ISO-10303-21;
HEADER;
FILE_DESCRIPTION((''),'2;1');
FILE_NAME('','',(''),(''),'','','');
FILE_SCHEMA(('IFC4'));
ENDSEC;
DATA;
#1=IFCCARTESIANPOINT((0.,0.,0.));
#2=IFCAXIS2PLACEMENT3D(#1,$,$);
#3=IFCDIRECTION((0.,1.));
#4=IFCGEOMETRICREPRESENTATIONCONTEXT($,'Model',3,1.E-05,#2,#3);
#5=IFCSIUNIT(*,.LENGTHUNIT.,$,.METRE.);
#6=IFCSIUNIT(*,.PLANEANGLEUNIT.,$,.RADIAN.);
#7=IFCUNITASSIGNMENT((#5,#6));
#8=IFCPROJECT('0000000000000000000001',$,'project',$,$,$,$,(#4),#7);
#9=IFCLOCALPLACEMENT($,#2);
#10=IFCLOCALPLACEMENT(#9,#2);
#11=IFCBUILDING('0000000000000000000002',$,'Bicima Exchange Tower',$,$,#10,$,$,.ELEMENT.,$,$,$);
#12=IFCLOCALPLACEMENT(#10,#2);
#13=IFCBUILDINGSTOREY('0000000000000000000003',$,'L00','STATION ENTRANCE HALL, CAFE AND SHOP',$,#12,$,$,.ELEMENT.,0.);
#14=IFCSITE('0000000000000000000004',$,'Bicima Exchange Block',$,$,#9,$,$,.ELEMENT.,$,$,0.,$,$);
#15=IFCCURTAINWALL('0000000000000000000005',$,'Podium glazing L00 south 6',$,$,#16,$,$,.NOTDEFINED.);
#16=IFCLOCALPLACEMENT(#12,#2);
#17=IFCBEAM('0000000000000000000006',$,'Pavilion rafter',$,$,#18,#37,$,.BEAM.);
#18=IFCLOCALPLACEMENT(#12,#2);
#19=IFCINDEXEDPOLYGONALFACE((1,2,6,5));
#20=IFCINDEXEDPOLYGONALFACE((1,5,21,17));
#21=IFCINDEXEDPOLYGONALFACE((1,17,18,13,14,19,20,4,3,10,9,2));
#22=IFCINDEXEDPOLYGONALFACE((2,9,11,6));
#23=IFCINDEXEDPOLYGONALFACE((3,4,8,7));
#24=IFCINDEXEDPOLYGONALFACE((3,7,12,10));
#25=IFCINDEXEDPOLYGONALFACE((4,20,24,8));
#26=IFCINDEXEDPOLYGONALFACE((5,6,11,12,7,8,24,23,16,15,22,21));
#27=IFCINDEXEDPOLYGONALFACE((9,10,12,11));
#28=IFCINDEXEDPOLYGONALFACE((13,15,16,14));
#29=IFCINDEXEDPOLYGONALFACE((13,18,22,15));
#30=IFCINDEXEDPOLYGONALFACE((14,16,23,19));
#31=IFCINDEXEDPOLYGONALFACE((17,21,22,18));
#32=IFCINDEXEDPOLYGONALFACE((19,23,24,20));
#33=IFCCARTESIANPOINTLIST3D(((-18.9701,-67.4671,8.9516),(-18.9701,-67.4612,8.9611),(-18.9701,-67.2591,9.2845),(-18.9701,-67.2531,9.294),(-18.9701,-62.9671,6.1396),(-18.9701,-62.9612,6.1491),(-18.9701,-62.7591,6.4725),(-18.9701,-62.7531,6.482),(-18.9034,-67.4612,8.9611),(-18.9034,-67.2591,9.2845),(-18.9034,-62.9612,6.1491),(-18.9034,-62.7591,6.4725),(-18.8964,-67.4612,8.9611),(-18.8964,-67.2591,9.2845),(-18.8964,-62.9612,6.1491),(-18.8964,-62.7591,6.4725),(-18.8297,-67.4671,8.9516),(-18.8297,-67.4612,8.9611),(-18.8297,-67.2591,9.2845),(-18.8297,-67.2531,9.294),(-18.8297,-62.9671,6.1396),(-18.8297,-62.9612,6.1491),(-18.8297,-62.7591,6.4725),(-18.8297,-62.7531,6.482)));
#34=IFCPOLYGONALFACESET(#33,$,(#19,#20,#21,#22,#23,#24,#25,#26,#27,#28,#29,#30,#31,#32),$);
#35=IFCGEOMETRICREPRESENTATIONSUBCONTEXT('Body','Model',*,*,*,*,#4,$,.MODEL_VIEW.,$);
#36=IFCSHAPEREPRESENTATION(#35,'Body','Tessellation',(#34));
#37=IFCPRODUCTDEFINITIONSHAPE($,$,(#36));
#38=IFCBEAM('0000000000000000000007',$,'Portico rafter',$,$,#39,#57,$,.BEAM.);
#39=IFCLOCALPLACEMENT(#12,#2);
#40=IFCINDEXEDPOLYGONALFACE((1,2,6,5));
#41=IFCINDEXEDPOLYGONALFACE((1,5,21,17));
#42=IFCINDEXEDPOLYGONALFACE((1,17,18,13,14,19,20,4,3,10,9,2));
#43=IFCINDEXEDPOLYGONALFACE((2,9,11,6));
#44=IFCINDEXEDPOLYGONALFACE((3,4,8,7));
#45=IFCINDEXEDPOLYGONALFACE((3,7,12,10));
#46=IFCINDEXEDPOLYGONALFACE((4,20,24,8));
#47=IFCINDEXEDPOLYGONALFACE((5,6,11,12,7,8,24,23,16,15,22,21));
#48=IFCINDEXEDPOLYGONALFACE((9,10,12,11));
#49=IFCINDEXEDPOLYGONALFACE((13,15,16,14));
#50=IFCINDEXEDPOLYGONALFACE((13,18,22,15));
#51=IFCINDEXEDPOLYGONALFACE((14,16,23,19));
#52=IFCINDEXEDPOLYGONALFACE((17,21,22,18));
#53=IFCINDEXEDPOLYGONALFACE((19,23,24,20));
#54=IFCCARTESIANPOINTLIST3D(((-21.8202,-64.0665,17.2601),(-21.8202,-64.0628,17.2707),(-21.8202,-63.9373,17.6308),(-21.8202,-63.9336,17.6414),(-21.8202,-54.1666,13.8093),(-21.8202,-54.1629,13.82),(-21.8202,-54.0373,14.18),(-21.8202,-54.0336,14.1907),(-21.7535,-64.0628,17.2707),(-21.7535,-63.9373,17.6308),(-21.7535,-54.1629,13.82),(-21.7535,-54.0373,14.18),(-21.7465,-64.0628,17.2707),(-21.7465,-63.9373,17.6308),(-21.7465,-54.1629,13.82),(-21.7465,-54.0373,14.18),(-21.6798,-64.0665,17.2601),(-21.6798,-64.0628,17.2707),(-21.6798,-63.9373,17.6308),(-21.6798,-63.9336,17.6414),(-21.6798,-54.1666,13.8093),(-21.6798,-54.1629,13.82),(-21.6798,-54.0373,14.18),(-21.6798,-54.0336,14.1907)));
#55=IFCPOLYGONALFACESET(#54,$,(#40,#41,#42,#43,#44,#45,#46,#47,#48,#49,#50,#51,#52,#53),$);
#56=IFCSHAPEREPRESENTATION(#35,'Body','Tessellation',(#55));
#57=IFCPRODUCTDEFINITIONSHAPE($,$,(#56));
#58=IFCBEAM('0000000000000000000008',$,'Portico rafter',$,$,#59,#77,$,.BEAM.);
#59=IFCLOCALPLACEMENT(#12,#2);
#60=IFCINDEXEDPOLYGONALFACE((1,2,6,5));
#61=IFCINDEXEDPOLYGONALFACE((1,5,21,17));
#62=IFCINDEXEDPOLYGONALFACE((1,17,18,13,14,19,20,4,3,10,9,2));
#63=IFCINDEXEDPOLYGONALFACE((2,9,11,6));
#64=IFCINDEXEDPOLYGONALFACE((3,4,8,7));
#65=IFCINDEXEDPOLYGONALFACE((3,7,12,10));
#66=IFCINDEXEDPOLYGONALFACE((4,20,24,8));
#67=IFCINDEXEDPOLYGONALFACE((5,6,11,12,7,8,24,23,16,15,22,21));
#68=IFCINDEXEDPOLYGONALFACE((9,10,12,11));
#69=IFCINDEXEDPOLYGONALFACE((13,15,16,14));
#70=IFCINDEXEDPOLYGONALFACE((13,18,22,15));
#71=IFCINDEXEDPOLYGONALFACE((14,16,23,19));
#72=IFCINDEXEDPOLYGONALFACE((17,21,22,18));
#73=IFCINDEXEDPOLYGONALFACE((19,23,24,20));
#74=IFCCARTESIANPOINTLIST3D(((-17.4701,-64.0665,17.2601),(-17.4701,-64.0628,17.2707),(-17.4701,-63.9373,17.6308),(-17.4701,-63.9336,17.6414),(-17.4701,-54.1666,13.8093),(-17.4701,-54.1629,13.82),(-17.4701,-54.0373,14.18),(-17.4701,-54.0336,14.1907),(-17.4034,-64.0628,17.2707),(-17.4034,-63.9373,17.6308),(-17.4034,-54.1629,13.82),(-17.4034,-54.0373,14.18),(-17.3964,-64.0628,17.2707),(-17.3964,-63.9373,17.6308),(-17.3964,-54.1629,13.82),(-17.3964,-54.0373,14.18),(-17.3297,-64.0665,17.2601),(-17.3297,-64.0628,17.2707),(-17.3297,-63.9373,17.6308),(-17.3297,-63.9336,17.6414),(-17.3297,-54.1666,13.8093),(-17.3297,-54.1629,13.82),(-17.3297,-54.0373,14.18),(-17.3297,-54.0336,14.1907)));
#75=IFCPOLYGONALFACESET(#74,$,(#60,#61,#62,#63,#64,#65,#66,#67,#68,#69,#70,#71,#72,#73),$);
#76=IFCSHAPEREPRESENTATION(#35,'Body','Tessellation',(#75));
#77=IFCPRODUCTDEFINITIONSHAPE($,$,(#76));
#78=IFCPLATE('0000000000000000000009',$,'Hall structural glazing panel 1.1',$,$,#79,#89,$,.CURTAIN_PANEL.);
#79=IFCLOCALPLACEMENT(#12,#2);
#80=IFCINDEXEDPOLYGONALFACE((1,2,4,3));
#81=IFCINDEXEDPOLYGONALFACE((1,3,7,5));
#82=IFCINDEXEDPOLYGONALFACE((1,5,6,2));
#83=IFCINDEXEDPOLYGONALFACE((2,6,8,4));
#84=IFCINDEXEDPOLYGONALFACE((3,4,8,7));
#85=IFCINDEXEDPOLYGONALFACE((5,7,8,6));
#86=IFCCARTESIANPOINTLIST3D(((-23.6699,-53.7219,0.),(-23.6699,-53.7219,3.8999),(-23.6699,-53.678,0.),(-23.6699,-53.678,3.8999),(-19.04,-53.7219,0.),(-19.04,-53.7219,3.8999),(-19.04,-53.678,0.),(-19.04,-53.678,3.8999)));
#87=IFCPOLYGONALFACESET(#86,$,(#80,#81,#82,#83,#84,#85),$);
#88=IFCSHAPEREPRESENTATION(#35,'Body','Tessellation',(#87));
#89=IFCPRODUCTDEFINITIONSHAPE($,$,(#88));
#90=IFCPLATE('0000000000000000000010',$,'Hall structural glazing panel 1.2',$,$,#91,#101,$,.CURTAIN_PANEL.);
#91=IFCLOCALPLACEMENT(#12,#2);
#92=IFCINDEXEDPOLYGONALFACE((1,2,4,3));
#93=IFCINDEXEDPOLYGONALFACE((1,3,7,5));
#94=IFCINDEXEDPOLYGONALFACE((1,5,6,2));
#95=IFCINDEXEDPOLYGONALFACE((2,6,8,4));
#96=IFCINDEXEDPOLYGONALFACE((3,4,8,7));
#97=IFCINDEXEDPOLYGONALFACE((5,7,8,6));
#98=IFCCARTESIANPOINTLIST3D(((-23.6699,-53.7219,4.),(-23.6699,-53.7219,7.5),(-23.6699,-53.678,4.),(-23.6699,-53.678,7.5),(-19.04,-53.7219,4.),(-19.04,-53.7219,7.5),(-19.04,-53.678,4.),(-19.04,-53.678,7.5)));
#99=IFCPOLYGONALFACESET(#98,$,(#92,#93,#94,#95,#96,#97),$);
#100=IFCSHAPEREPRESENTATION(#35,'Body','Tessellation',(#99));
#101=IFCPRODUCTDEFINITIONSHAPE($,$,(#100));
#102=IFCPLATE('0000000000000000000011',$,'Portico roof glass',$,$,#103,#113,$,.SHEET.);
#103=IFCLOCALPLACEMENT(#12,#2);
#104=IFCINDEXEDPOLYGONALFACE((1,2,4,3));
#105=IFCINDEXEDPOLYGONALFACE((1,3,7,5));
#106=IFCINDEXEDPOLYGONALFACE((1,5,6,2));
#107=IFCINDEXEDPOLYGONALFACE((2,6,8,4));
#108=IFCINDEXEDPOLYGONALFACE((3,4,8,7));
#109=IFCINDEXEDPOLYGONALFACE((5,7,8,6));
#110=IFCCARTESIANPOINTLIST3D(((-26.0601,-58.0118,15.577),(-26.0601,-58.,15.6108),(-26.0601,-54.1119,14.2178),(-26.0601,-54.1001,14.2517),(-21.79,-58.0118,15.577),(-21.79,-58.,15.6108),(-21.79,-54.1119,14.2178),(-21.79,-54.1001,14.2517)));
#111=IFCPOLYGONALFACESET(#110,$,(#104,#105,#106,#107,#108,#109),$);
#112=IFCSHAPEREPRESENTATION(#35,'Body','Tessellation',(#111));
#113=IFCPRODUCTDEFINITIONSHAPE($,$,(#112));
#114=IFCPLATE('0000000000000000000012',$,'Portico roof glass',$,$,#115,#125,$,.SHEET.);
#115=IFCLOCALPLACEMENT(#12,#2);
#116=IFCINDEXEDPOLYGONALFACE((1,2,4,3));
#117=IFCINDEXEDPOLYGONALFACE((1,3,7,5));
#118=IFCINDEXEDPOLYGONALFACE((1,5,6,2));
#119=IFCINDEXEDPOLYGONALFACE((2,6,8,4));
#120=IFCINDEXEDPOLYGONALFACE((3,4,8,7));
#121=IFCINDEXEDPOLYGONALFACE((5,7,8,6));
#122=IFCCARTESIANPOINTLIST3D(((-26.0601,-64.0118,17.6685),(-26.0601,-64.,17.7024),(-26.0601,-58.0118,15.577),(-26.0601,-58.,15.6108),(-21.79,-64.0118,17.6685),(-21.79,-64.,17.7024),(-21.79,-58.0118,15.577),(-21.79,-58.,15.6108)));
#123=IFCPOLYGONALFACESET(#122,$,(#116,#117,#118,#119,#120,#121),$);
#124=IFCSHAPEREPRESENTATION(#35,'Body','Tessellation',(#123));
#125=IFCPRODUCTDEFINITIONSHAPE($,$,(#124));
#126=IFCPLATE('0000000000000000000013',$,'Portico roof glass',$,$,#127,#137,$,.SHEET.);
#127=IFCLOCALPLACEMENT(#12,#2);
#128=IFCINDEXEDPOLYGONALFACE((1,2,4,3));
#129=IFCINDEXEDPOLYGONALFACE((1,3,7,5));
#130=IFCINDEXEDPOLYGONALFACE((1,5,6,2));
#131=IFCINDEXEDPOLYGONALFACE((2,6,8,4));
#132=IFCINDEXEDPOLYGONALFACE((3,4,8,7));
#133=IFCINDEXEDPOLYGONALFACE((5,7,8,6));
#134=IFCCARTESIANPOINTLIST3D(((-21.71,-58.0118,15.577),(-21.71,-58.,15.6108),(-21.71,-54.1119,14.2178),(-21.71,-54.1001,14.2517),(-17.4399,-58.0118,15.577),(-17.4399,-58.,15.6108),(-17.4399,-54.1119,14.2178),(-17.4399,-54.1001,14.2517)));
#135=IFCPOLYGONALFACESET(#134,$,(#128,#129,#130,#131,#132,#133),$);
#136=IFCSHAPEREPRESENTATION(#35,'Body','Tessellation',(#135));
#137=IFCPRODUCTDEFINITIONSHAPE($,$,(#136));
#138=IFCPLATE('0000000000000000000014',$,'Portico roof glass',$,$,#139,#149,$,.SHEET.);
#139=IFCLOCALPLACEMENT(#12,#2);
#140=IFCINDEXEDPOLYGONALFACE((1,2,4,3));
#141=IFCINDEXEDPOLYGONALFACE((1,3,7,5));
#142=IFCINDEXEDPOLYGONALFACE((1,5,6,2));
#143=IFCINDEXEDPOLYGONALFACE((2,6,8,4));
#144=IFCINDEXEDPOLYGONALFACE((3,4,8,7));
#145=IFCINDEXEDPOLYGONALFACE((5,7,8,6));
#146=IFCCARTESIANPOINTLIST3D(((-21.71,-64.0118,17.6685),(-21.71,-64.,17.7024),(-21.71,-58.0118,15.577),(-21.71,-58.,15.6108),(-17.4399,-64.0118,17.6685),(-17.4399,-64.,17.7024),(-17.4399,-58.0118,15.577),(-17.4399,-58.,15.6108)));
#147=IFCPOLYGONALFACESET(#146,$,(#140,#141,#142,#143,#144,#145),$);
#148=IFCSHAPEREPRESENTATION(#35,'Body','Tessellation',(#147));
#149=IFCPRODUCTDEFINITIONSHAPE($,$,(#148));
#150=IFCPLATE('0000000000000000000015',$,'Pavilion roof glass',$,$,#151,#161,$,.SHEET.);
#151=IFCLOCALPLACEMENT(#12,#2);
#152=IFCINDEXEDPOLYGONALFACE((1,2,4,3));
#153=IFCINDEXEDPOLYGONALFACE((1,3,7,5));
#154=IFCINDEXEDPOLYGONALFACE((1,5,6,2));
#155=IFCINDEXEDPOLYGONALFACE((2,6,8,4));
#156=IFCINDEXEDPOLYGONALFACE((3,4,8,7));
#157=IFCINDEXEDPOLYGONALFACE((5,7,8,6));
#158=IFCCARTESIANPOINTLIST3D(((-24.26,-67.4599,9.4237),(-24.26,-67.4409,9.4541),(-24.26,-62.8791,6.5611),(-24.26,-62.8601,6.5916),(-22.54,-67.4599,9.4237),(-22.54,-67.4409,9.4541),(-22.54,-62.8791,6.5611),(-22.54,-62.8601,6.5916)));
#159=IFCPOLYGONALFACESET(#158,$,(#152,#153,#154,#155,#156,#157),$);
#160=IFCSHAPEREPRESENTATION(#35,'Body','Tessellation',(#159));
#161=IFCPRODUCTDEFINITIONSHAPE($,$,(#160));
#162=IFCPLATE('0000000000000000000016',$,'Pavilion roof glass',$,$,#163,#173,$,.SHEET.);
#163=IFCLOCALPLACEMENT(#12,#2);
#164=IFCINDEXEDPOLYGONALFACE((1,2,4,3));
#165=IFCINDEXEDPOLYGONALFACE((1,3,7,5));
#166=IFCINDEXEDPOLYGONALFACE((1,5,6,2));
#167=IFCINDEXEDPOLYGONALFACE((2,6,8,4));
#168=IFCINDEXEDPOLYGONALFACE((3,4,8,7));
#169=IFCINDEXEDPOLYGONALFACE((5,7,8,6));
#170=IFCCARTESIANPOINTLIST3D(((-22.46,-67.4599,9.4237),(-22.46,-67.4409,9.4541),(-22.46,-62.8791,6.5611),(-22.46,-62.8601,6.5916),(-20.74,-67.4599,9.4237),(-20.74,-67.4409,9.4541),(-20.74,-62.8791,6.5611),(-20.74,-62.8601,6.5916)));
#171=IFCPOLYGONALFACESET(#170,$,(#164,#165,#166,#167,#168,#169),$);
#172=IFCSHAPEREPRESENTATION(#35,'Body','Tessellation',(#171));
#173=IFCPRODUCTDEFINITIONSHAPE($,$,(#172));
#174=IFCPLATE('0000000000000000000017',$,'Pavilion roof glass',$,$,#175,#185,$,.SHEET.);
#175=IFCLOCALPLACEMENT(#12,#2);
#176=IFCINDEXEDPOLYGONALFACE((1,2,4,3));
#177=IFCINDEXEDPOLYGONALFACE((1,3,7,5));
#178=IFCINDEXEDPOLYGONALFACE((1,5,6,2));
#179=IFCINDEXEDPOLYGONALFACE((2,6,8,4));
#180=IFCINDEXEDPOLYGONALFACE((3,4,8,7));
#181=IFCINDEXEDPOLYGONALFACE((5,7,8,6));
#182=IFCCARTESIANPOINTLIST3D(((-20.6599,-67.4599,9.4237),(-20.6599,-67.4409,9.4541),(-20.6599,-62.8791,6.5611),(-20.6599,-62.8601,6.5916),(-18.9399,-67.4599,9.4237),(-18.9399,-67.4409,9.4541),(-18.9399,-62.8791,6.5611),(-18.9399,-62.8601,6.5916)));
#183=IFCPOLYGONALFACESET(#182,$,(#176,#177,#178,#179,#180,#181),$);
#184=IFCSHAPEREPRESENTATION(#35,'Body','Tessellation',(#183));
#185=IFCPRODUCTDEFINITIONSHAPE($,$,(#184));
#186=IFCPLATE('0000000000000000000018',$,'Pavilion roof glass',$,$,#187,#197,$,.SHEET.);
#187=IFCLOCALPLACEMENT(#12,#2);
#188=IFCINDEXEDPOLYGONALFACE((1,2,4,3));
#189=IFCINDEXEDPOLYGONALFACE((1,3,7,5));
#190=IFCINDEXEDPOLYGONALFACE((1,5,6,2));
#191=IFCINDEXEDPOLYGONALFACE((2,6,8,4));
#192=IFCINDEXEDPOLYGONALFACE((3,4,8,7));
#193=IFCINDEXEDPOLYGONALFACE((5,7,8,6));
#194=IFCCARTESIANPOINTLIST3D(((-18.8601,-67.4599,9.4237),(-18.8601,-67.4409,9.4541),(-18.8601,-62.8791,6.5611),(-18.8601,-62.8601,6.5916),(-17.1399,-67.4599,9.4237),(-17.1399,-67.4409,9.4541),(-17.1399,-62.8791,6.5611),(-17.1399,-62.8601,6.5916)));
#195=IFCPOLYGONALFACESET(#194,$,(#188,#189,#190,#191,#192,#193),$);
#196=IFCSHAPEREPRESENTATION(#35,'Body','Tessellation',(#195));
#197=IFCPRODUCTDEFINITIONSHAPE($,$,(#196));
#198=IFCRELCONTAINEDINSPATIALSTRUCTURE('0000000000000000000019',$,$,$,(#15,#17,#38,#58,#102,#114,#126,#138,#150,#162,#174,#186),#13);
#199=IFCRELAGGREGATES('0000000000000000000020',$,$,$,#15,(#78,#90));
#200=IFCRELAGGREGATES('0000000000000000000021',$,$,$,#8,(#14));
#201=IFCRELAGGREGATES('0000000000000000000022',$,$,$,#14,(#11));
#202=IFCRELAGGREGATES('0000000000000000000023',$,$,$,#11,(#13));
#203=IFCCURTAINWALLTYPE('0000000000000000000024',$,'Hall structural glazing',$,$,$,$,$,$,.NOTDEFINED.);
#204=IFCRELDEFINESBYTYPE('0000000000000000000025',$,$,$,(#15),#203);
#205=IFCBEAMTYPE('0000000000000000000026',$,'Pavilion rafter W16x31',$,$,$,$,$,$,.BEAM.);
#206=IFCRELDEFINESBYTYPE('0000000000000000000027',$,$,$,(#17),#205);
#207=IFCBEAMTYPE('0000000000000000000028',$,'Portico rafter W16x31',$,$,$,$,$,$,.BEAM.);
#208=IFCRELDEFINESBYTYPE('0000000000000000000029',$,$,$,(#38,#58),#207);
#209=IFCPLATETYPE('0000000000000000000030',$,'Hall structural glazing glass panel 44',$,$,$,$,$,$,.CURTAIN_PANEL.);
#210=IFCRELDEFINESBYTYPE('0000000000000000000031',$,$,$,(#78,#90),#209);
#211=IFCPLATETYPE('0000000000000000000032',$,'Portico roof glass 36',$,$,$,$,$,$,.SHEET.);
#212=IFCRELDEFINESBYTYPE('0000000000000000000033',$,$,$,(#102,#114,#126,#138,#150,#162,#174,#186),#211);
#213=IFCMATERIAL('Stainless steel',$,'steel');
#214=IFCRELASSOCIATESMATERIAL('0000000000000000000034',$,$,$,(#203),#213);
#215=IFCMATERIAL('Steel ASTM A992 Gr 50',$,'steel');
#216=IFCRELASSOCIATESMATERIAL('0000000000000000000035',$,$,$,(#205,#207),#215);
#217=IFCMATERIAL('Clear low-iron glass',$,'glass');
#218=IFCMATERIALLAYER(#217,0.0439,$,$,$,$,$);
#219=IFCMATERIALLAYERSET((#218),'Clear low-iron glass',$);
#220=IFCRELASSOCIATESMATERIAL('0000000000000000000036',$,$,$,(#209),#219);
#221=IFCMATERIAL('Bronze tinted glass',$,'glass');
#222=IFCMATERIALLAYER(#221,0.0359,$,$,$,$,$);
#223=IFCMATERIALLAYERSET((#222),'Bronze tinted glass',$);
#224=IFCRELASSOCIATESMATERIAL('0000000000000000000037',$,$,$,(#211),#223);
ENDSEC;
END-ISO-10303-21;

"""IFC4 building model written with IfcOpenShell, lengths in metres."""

from ifc_helpers import new_model, si_unit, direction, frame, origin, origin_2d, place, context, subcontext, project, spatial, polyline, rectangle, i_section, outline, extrude, material, layer, layer_set, material_profile, profile_set, type_object, element, aggregate, save


model = new_model("IFC4")

# Units and contexts
model_context = context("Model", 3, precision=1e-05, world=origin(), true_north=direction((0.0, 1.0)))
body_context = subcontext(model_context, "Body", "Model", "MODEL_VIEW")
ifc_project = project(units=[si_unit("LENGTHUNIT", "METRE"), si_unit("PLANEANGLEUNIT", "RADIAN")], contexts=[model_context])

# Site, building, storey
site_placement = place(None, origin())
site = spatial("IfcSite", under=ifc_project, at=site_placement, Name="Bicima Exchange Block", CompositionType="ELEMENT", RefElevation=0.0)
building_placement = place(site_placement, origin())
building = spatial("IfcBuilding", under=site, at=building_placement, Name="Bicima Exchange Tower", CompositionType="ELEMENT")
storey_placement = place(building_placement, origin())
storey = spatial("IfcBuildingStorey", under=building, at=storey_placement, Name="L00", Description="STATION ENTRANCE HALL, CAFE AND SHOP", CompositionType="ELEMENT", Elevation=0.0)

# Curtain wall
ifc_material_1 = material(Name="Stainless steel", Category="steel")
curtain_wall_type = type_object("IfcCurtainWallType", Name="Hall structural glazing", PredefinedType="NOTDEFINED", material=ifc_material_1)
curtain_wall_placement = place(storey_placement, origin())
curtain_wall = element("IfcCurtainWall", 1, at=curtain_wall_placement, inside=storey, type_object=curtain_wall_type, Name="Podium glazing L00 south 6", PredefinedType="NOTDEFINED")

# Beams
ifc_material_2 = material(Name="Steel ASTM A992 Gr 50", Category="steel")
ifc_material_profile_1 = material_profile(ifc_material_2, i_section(OverallWidth=0.1404, OverallDepth=0.4038, WebThickness=0.0071, FlangeThickness=0.0112, at=origin_2d()))
ifc_profile_set_1 = profile_set([ifc_material_profile_1], Name="Steel ASTM A992 Gr 50")
beam_type_1 = type_object("IfcBeamType", Name="Pavilion rafter W16x31", PredefinedType="BEAM", material=ifc_profile_set_1)
for number, where, z_axis, x_axis, name in (
    (2, (-18.8999, -62.8601, 6.3108), (0.0, -0.84804, 0.529933), (1.0, 0.0, 0.0), "Pavilion rafter"),
):
    element("IfcBeam", number, at=place(storey_placement, frame(where, z_axis=z_axis, x_axis=x_axis)), inside=storey, type_object=beam_type_1, Name=name, PredefinedType="BEAM", context=body_context, shape_type="SweptSolid", body=[
        extrude(i_section(OverallWidth=0.1404, OverallDepth=0.4038, WebThickness=0.0071, FlangeThickness=0.0112, at=origin_2d()), origin(), (0.0, 0.0, 1.0), 5.3064),
    ])
beam_type_2 = type_object("IfcBeamType", Name="Portico rafter W16x31", PredefinedType="BEAM", material=ifc_profile_set_1)
for number, where, z_axis, x_axis, name in (
    (3, (-21.75, -54.1001, 14.0), (0.0, -0.944282, 0.329137), (1.0, 0.0, 0.0), "Portico rafter"),
    (4, (-17.3999, -54.1001, 14.0), (0.0, -0.944282, 0.329137), (1.0, 0.0, 0.0), "Portico rafter"),
):
    element("IfcBeam", number, at=place(storey_placement, frame(where, z_axis=z_axis, x_axis=x_axis)), inside=storey, type_object=beam_type_2, Name=name, PredefinedType="BEAM", context=body_context, shape_type="SweptSolid", body=[
        extrude(i_section(OverallWidth=0.1404, OverallDepth=0.4038, WebThickness=0.0071, FlangeThickness=0.0112, at=origin_2d()), origin(), (0.0, 0.0, 1.0), 10.4841),
    ])

# Plates
ifc_material_3 = material(Name="Clear low-iron glass", Category="glass")
ifc_layer_1 = layer(ifc_material_3, 0.0439)
ifc_layer_set_1 = layer_set([ifc_layer_1], Name="Clear low-iron glass")
plate_type_1 = type_object("IfcPlateType", Name="Hall structural glazing glass panel 44", PredefinedType="CURTAIN_PANEL", material=ifc_layer_set_1)
plate_1_placement = place(storey_placement, frame((-21.355, -53.7, 0.0), z_axis=(0.0, 0.0, 1.0), x_axis=(1.0, 0.0, 0.0)))
plate_1 = element("IfcPlate", 5, at=plate_1_placement, type_object=plate_type_1, Name="Hall structural glazing panel 1.1", PredefinedType="CURTAIN_PANEL", context=body_context, shape_type="SweptSolid", body=[
    extrude(rectangle(XDim=4.6299, YDim=0.0439, at=origin_2d()), origin(), (0.0, 0.0, 1.0), 3.8999),
])
plate_2_placement = place(storey_placement, frame((-21.355, -53.7, 4.0), z_axis=(0.0, 0.0, 1.0), x_axis=(1.0, 0.0, 0.0)))
plate_2 = element("IfcPlate", 6, at=plate_2_placement, type_object=plate_type_1, Name="Hall structural glazing panel 1.2", PredefinedType="CURTAIN_PANEL", context=body_context, shape_type="SweptSolid", body=[
    extrude(rectangle(XDim=4.6299, YDim=0.0439, at=origin_2d()), origin(), (0.0, 0.0, 1.0), 3.5),
])
aggregate(curtain_wall, [plate_1, plate_2])

# Plates
ifc_material_4 = material(Name="Bronze tinted glass", Category="glass")
ifc_layer_2 = layer(ifc_material_4, 0.0359)
ifc_layer_set_2 = layer_set([ifc_layer_2], Name="Bronze tinted glass")
plate_type_2 = type_object("IfcPlateType", Name="Portico roof glass 36", PredefinedType="SHEET", material=ifc_layer_set_2)
plate_3_placement = place(storey_placement, frame((-26.0601, -54.1001, 14.2517), z_axis=(0.0, 0.329091, 0.944298), x_axis=(1.0, 0.0, 0.0)))
element("IfcPlate", 7, at=plate_3_placement, inside=storey, type_object=plate_type_2, Name="Portico roof glass", PredefinedType="SHEET", context=body_context, shape_type="SweptSolid", body=[
    extrude(outline(polyline([(0.0, 0.0), (4.27, 0.0), (4.27, -4.1299), (0.0, -4.1299), (0.0, 0.0)])), origin(), (0.0, 0.0, -1.0), 0.0359),
])
plate_4_placement = place(storey_placement, frame((-26.0601, -58.0, 15.6108), z_axis=(0.0, 0.329166, 0.944272), x_axis=(1.0, 0.0, 0.0)))
element("IfcPlate", 8, at=plate_4_placement, inside=storey, type_object=plate_type_2, Name="Portico roof glass", PredefinedType="SHEET", context=body_context, shape_type="SweptSolid", body=[
    extrude(outline(polyline([(0.0, 0.0), (4.27, 0.0), (4.27, -6.3541), (0.0, -6.3541), (0.0, 0.0)])), origin(), (0.0, 0.0, -1.0), 0.0359),
])
plate_5_placement = place(storey_placement, frame((-21.71, -54.1001, 14.2517), z_axis=(0.0, 0.329091, 0.944298), x_axis=(1.0, 0.0, 0.0)))
element("IfcPlate", 9, at=plate_5_placement, inside=storey, type_object=plate_type_2, Name="Portico roof glass", PredefinedType="SHEET", context=body_context, shape_type="SweptSolid", body=[
    extrude(outline(polyline([(0.0, 0.0), (4.27, 0.0), (4.27, -4.1299), (0.0, -4.1299), (0.0, 0.0)])), origin(), (0.0, 0.0, -1.0), 0.0359),
])
plate_6_placement = place(storey_placement, frame((-21.71, -58.0, 15.6108), z_axis=(0.0, 0.329166, 0.944272), x_axis=(1.0, 0.0, 0.0)))
element("IfcPlate", 10, at=plate_6_placement, inside=storey, type_object=plate_type_2, Name="Portico roof glass", PredefinedType="SHEET", context=body_context, shape_type="SweptSolid", body=[
    extrude(outline(polyline([(0.0, 0.0), (4.27, 0.0), (4.27, -6.3541), (0.0, -6.3541), (0.0, 0.0)])), origin(), (0.0, 0.0, -1.0), 0.0359),
])
for number, where, z_axis, x_axis, name in (
    (11, (-24.26, -62.8601, 6.5916), (0.0, 0.529938, 0.848036), (1.0, 0.0, 0.0), "Pavilion roof glass"),
    (12, (-22.46, -62.8601, 6.5916), (0.0, 0.529938, 0.848036), (1.0, 0.0, 0.0), "Pavilion roof glass"),
    (13, (-20.6599, -62.8601, 6.5916), (0.0, 0.529938, 0.848036), (1.0, 0.0, 0.0), "Pavilion roof glass"),
):
    element("IfcPlate", number, at=place(storey_placement, frame(where, z_axis=z_axis, x_axis=x_axis)), inside=storey, type_object=plate_type_2, Name=name, PredefinedType="SHEET", context=body_context, shape_type="SweptSolid", body=[
        extrude(outline(polyline([(0.0, 0.0), (1.72, 0.0), (1.72, -5.4017), (0.0, -5.4017), (0.0, 0.0)])), origin(), (0.0, 0.0, -1.0), 0.0359),
    ])
plate_7_placement = place(storey_placement, frame((-18.8601, -62.8601, 6.5916), z_axis=(0.0, 0.529938, 0.848036), x_axis=(1.0, 0.0, 0.0)))
element("IfcPlate", 14, at=plate_7_placement, inside=storey, type_object=plate_type_2, Name="Pavilion roof glass", PredefinedType="SHEET", context=body_context, shape_type="SweptSolid", body=[
    extrude(outline(polyline([(0.0, 0.0), (1.7202, 0.0), (1.7202, -5.4017), (0.0, -5.4017), (0.0, 0.0)])), origin(), (0.0, 0.0, -1.0), 0.0359),
])

save(model, "model.ifc")
